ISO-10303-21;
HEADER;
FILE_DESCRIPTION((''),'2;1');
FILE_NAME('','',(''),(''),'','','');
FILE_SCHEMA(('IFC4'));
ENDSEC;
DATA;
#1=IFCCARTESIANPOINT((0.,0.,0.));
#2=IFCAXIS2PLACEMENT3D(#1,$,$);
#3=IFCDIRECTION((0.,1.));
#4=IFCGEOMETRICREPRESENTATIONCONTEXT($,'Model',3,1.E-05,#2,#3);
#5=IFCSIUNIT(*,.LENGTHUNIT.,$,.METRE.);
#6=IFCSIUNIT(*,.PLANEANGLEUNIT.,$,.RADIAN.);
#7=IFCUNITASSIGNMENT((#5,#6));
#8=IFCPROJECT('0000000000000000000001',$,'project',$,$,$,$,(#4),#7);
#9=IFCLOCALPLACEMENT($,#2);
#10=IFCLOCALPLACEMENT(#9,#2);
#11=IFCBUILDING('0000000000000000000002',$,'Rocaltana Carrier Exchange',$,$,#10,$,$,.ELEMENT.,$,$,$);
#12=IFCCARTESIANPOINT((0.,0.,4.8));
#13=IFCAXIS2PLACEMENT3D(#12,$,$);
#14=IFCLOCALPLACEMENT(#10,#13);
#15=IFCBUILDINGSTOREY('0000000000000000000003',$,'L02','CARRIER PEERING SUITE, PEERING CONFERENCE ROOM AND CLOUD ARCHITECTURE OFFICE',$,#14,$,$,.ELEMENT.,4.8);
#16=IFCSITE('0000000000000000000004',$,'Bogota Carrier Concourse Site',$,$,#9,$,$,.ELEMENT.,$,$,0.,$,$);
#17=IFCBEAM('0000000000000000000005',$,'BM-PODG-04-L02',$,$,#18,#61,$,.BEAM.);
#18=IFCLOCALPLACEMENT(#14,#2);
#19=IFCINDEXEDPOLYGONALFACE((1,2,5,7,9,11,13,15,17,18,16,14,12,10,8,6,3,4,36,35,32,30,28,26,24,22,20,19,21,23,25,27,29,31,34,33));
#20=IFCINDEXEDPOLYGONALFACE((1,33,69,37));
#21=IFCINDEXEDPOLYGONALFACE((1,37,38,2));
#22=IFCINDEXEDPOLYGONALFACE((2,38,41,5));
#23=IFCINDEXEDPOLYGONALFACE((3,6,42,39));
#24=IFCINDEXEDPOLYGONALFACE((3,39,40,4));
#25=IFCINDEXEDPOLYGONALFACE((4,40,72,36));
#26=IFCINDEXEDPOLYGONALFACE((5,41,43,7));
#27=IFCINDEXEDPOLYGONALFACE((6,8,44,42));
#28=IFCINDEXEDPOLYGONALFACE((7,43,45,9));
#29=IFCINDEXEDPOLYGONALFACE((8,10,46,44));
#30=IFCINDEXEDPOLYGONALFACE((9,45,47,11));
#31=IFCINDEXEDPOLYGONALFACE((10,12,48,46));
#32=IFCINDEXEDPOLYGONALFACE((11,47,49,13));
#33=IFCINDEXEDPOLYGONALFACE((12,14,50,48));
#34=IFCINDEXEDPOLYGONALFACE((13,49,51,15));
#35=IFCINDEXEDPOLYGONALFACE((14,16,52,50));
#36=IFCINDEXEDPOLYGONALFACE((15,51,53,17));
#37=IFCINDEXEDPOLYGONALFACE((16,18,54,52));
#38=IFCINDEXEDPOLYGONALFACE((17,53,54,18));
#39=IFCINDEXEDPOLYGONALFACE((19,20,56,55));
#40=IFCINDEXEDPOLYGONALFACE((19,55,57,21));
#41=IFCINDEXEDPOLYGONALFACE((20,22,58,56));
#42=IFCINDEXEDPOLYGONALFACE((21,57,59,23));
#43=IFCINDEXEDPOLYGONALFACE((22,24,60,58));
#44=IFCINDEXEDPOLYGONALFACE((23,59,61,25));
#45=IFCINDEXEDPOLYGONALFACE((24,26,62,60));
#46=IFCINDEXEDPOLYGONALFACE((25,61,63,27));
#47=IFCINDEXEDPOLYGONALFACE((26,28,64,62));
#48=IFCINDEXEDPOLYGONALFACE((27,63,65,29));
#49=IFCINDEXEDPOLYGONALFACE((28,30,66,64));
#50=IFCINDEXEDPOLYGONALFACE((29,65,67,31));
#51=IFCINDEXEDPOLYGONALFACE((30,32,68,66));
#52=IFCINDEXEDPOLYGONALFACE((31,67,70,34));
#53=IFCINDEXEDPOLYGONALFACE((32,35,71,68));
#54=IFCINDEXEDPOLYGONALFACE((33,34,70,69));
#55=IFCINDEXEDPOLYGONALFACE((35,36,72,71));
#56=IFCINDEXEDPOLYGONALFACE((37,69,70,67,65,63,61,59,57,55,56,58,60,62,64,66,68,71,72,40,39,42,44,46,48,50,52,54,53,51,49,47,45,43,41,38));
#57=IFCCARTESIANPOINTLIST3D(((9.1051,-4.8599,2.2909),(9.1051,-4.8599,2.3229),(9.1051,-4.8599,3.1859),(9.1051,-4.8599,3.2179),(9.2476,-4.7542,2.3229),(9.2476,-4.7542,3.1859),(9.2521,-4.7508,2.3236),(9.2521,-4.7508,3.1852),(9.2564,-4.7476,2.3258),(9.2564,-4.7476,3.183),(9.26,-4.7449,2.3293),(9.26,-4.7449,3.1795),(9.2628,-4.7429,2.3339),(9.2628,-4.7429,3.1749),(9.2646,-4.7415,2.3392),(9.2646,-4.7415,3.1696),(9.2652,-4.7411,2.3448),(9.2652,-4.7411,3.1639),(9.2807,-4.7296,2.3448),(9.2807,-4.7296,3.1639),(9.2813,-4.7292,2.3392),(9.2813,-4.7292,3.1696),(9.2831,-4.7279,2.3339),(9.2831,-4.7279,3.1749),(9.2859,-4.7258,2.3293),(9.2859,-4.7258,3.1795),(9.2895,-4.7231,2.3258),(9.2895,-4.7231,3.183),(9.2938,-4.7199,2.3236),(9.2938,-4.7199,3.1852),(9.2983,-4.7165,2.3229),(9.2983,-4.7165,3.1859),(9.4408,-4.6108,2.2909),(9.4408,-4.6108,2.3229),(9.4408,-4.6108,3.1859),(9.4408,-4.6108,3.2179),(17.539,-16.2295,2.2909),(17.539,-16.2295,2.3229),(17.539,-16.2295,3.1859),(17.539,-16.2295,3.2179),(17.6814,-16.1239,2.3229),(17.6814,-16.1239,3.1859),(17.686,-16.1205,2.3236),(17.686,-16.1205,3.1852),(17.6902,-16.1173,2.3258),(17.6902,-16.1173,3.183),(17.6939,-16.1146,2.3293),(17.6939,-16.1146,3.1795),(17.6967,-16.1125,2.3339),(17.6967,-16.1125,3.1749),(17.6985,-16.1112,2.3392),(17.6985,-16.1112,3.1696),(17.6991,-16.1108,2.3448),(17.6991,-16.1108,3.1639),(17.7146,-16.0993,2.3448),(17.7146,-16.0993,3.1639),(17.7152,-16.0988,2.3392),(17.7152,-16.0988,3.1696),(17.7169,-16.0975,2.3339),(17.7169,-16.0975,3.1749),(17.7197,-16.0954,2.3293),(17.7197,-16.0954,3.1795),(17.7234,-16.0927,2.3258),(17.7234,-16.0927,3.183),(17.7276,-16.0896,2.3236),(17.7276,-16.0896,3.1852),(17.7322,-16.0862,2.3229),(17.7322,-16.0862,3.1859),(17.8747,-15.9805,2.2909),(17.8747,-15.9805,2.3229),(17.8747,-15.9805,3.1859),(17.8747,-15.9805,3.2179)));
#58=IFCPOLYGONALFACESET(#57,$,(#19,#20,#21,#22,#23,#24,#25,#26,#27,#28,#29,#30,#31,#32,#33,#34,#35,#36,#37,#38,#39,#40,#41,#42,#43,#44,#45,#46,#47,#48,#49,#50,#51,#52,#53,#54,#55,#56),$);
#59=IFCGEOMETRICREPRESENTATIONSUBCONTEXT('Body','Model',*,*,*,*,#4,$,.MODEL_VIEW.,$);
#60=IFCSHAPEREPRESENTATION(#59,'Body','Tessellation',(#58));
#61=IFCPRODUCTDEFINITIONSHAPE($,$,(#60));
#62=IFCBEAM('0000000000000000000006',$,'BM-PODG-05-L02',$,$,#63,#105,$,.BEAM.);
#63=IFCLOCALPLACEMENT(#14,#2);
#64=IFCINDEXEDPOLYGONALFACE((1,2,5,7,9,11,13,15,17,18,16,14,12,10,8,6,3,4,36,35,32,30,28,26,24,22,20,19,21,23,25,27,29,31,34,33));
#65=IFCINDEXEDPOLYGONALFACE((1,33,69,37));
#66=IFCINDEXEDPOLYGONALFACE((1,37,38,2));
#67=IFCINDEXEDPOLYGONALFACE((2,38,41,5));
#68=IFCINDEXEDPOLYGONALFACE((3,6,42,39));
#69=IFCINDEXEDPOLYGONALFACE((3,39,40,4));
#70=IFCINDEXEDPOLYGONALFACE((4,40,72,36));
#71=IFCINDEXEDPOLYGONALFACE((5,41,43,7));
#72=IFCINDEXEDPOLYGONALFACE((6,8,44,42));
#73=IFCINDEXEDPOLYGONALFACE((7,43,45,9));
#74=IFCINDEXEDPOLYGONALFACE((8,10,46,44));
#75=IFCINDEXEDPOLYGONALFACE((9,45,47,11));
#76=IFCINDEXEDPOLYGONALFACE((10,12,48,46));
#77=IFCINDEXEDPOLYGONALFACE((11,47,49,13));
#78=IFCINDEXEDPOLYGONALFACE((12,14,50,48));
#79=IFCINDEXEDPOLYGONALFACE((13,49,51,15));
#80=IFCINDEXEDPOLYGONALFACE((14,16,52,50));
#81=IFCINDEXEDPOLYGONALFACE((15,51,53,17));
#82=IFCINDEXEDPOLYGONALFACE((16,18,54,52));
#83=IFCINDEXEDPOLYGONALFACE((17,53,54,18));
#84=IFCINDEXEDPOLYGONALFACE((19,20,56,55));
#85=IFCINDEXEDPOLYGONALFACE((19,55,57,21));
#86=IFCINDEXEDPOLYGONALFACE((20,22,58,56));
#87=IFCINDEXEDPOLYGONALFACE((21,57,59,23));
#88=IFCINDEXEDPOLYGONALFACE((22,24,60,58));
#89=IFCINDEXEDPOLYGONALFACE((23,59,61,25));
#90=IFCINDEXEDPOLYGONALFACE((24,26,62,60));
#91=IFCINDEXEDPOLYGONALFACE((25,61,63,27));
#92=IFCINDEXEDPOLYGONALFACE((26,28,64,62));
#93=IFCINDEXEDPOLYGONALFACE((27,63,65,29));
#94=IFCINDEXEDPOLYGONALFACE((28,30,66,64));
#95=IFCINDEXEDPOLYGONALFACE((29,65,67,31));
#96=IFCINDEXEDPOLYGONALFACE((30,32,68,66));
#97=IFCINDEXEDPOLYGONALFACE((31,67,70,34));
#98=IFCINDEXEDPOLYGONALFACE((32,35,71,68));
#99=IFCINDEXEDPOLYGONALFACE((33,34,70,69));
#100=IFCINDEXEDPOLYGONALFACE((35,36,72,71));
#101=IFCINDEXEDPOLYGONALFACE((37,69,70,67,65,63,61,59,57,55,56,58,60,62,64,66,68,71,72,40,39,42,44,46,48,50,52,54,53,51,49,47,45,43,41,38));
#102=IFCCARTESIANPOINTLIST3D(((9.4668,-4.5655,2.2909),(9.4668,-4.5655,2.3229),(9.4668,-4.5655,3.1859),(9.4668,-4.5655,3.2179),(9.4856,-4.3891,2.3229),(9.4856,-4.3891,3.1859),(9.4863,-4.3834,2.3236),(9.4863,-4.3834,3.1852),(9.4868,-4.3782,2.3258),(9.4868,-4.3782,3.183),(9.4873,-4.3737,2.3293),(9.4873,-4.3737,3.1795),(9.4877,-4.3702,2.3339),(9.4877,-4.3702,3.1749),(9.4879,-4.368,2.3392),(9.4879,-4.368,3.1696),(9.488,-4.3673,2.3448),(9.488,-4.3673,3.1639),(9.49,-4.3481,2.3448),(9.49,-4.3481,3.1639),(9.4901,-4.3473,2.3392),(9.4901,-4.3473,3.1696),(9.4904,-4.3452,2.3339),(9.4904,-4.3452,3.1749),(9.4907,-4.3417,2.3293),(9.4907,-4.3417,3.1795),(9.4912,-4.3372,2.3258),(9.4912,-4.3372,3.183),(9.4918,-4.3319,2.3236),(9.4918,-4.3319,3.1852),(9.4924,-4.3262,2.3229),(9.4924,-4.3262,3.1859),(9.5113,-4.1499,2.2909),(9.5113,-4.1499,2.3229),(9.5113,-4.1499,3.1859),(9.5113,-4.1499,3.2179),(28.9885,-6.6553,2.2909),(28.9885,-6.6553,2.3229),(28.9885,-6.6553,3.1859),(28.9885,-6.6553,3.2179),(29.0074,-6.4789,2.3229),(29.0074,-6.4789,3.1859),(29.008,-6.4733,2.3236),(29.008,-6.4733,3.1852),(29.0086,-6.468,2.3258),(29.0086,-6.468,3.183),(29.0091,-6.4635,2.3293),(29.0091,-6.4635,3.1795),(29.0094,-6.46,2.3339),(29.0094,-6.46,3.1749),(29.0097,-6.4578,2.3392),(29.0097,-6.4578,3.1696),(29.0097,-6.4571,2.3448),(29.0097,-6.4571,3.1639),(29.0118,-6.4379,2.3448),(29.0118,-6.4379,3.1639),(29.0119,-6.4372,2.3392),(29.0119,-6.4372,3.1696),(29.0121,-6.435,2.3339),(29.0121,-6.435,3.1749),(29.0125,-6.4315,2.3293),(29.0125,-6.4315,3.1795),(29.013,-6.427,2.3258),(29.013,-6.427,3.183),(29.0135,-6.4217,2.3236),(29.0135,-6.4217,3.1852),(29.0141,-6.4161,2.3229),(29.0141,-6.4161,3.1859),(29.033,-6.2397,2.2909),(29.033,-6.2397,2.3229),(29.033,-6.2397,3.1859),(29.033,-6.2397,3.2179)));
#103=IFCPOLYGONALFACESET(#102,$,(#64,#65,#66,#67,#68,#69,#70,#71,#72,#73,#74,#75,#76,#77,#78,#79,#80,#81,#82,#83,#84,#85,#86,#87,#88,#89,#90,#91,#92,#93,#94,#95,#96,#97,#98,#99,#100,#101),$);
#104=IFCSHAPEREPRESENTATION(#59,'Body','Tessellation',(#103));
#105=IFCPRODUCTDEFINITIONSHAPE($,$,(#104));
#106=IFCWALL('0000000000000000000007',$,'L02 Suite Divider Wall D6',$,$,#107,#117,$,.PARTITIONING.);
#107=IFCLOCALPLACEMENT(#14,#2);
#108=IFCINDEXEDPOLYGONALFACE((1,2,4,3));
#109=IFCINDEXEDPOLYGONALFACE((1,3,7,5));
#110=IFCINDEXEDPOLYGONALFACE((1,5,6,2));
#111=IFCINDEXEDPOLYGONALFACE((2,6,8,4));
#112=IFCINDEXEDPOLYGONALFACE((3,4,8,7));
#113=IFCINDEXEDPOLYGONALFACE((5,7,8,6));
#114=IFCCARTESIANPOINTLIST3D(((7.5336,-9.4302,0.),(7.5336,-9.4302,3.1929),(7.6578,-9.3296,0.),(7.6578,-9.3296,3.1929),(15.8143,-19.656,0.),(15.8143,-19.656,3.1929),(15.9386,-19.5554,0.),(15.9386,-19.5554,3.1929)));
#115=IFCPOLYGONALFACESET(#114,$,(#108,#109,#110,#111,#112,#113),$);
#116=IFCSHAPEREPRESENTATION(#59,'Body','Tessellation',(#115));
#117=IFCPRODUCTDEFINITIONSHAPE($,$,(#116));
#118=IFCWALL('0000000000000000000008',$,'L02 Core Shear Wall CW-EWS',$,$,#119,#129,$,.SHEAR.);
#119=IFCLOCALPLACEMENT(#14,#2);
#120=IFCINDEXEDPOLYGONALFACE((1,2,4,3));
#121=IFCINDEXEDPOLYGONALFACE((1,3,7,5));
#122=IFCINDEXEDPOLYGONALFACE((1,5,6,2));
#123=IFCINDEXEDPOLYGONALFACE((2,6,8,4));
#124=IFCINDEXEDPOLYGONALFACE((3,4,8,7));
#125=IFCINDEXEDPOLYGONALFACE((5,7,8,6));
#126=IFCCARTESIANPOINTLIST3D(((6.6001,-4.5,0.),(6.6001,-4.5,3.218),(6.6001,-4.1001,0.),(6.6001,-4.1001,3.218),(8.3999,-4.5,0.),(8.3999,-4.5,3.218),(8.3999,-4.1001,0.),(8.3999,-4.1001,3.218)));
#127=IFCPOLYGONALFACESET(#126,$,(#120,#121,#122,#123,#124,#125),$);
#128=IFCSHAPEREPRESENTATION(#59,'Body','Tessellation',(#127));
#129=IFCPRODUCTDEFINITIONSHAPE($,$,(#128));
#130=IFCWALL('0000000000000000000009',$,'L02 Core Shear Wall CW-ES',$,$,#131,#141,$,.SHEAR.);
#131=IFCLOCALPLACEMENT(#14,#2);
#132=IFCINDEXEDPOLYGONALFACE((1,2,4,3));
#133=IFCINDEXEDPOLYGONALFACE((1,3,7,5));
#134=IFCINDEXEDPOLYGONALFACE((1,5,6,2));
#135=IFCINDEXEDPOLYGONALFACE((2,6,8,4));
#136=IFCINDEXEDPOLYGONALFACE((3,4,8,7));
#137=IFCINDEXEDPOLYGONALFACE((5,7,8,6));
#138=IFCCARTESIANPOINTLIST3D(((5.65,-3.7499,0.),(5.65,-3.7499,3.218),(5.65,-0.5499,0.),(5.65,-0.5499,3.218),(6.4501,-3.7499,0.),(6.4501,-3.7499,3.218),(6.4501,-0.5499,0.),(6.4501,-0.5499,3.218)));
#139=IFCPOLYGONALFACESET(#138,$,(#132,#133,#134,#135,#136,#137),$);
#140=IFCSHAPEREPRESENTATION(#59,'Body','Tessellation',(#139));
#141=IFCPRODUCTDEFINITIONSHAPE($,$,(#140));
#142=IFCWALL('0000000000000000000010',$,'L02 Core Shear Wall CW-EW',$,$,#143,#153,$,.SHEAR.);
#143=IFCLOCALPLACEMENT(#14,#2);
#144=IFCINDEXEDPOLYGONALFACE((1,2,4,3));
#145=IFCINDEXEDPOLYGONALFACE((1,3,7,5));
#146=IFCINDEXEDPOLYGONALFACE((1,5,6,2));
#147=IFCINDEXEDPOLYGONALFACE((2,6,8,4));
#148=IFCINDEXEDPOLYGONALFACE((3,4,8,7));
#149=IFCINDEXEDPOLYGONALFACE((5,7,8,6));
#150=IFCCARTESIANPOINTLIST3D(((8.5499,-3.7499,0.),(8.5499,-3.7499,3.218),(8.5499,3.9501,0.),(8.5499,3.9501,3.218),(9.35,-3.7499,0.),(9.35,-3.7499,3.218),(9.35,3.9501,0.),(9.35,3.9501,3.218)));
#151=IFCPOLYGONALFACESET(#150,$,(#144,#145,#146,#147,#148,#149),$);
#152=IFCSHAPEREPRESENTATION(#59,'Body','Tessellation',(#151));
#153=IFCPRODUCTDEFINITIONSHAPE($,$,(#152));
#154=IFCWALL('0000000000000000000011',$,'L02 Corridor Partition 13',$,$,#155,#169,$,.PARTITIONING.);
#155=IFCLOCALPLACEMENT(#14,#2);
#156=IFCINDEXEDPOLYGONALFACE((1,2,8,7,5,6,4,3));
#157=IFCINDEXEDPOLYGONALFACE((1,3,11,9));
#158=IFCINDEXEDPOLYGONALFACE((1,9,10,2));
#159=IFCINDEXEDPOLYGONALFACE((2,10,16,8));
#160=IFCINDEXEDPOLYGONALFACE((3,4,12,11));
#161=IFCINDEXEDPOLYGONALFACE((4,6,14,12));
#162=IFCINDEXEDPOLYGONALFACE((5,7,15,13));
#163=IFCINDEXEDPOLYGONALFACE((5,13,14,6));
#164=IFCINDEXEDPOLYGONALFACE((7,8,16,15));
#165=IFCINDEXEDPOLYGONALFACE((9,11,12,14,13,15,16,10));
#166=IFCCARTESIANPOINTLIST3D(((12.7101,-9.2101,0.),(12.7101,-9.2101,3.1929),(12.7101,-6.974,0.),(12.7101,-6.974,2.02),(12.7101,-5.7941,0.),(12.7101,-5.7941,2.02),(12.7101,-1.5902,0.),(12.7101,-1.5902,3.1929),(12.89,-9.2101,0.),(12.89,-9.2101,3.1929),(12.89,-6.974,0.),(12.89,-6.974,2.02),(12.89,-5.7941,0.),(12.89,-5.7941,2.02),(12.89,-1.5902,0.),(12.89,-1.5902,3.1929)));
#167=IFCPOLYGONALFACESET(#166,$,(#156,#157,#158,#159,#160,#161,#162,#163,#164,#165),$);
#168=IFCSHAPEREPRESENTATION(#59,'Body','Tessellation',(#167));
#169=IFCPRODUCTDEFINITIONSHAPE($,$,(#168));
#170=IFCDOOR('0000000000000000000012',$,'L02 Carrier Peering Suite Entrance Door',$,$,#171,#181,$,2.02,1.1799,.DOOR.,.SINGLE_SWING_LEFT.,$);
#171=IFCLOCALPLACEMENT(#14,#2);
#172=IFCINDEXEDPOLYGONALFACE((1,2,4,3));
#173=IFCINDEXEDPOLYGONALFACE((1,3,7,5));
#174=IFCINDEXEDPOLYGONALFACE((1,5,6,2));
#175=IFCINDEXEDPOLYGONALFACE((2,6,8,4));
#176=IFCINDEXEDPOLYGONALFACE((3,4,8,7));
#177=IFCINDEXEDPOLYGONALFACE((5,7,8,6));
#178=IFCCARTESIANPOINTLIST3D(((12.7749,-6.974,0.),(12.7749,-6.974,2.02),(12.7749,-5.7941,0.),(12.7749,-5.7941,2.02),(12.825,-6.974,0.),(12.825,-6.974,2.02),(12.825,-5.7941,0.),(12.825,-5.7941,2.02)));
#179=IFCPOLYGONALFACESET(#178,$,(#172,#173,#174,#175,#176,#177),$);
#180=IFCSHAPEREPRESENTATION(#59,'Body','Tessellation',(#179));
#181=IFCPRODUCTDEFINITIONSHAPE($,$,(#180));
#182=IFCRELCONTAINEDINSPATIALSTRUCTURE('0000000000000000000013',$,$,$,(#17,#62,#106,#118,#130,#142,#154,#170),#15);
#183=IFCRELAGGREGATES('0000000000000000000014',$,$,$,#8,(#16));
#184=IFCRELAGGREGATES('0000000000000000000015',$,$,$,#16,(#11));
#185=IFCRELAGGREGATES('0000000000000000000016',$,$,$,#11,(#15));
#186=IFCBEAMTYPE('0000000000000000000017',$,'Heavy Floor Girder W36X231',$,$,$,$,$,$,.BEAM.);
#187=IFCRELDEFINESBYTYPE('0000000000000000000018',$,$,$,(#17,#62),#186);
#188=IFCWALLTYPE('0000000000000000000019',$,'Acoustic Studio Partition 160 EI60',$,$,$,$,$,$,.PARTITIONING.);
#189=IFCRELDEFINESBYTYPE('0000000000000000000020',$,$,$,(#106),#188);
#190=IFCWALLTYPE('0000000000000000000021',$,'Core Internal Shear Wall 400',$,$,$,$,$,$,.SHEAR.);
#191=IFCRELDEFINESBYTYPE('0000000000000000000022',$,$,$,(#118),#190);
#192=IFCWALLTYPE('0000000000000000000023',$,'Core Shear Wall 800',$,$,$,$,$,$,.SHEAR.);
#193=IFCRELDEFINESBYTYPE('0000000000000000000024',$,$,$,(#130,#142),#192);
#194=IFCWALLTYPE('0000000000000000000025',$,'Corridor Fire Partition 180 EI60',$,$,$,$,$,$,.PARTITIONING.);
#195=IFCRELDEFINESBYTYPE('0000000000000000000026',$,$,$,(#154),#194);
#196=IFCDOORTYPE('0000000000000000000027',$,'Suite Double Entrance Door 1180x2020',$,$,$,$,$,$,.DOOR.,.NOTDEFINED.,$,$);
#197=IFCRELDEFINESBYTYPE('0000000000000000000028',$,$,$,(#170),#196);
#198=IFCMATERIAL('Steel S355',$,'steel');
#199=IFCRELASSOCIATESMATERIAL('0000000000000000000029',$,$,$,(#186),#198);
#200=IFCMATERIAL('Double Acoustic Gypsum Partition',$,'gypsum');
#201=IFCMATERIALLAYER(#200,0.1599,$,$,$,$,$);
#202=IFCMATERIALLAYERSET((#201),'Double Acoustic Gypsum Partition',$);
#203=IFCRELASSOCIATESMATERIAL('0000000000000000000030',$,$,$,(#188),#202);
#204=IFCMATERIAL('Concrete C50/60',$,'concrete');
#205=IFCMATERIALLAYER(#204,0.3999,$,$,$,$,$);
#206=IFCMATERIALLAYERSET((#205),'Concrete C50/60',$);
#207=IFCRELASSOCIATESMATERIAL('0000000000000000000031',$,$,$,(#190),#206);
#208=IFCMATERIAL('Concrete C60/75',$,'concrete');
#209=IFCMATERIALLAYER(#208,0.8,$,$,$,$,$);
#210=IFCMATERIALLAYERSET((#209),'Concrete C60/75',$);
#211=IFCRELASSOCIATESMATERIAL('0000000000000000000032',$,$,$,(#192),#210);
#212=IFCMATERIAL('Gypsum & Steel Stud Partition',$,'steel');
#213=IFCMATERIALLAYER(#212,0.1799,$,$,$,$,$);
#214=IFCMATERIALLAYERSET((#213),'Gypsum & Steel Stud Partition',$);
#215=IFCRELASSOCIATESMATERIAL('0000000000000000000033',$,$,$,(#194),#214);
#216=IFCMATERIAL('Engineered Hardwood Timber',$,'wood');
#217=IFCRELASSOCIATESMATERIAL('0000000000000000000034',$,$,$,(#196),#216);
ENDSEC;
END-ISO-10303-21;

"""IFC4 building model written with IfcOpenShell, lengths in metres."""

from ifc_helpers import new_model, si_unit, direction, frame, frame_2d, origin, origin_2d, place, context, subcontext, project, spatial, rectangle, i_section, extrude, material, layer, layer_set, material_profile, profile_set, type_object, element, fill, save


model = new_model("IFC4")

# Units and contexts
model_context = context("Model", 3, precision=1e-05, world=origin(), true_north=direction((0.0, 1.0)))
body_context = subcontext(model_context, "Body", "Model", "MODEL_VIEW")
ifc_project = project(units=[si_unit("LENGTHUNIT", "METRE"), si_unit("PLANEANGLEUNIT", "RADIAN")], contexts=[model_context])

# Site, building, storey
site_placement = place(None, origin())
site = spatial("IfcSite", under=ifc_project, at=site_placement, Name="Bogota Carrier Concourse Site", CompositionType="ELEMENT", RefElevation=0.0)
building_placement = place(site_placement, origin())
building = spatial("IfcBuilding", under=site, at=building_placement, Name="Rocaltana Carrier Exchange", CompositionType="ELEMENT")
storey_placement = place(building_placement, frame((0.0, 0.0, 4.8)))
storey = spatial("IfcBuildingStorey", under=building, at=storey_placement, Name="L02", Description="CARRIER PEERING SUITE, PEERING CONFERENCE ROOM AND CLOUD ARCHITECTURE OFFICE", CompositionType="ELEMENT", Elevation=4.8)

# Beams
ifc_material_1 = material(Name="Steel S355", Category="steel")
ifc_material_profile_1 = material_profile(ifc_material_1, i_section(OverallWidth=0.418, OverallDepth=0.927, WebThickness=0.0193, FlangeThickness=0.032, FilletRadius=0.022, at=origin_2d()), Name="W36X231")
ifc_profile_set_1 = profile_set([ifc_material_profile_1], Name="Steel S355")
beam_type_1 = type_object("IfcBeamType", Name="Heavy Floor Girder W36X231", PredefinedType="BEAM", material=ifc_profile_set_1)
beam_1_placement = place(storey_placement, frame((9.2729, -4.7354, 2.7544), z_axis=(0.59577, -0.803155, 0.0), x_axis=(0.803155, 0.59577, 0.0)))
element("IfcBeam", 1, at=beam_1_placement, inside=storey, type_object=beam_type_1, Name="BM-PODG-04-L02", PredefinedType="BEAM", context=body_context, shape_type="SweptSolid", body=[
    extrude(i_section(OverallWidth=0.418, OverallDepth=0.927, WebThickness=0.0193, FlangeThickness=0.032, FilletRadius=0.022, at=origin_2d()), origin(), (0.0, 0.0, 1.0), 14.1562),
])
beam_2_placement = place(storey_placement, frame((9.489, -4.3577, 2.7544), z_axis=(0.994319, -0.106444, 0.0), x_axis=(0.106444, 0.994319, 0.0)))
element("IfcBeam", 2, at=beam_2_placement, inside=storey, type_object=beam_type_1, Name="BM-PODG-05-L02", PredefinedType="BEAM", context=body_context, shape_type="SweptSolid", body=[
    extrude(i_section(OverallWidth=0.418, OverallDepth=0.927, WebThickness=0.0193, FlangeThickness=0.032, FilletRadius=0.022, at=origin_2d()), origin(), (0.0, 0.0, 1.0), 19.6333),
])

# Walls
ifc_material_2 = material(Name="Double Acoustic Gypsum Partition", Category="gypsum")
ifc_layer_1 = layer(ifc_material_2, 0.1599)
ifc_layer_set_1 = layer_set([ifc_layer_1], Name="Double Acoustic Gypsum Partition")
wall_type_1 = type_object("IfcWallType", Name="Acoustic Studio Partition 160 EI60", PredefinedType="PARTITIONING", material=ifc_layer_set_1)
wall_1_placement = place(storey_placement, frame((7.5957, -9.3799, 0.0), z_axis=(0.0, 0.0, 1.0), x_axis=(0.629323, -0.777144, 0.0)))
element("IfcWall", 3, at=wall_1_placement, inside=storey, type_object=wall_type_1, Name="L02 Suite Divider Wall D6", PredefinedType="PARTITIONING", context=body_context, shape_type="SweptSolid", body=[
    extrude(rectangle(XDim=13.1582, YDim=0.1599, at=frame_2d((6.5791, 0.0))), origin(), (0.0, 0.0, 1.0), 3.1929),
])
ifc_material_3 = material(Name="Concrete C50/60", Category="concrete")
ifc_layer_2 = layer(ifc_material_3, 0.3999)
ifc_layer_set_2 = layer_set([ifc_layer_2], Name="Concrete C50/60")
wall_type_2 = type_object("IfcWallType", Name="Core Internal Shear Wall 400", PredefinedType="SHEAR", material=ifc_layer_set_2)
wall_2_placement = place(storey_placement, frame((6.6001, -4.3, 0.0), z_axis=(0.0, 0.0, 1.0), x_axis=(1.0, 0.0, 0.0)))
element("IfcWall", 4, at=wall_2_placement, inside=storey, type_object=wall_type_2, Name="L02 Core Shear Wall CW-EWS", PredefinedType="SHEAR", context=body_context, shape_type="SweptSolid", body=[
    extrude(rectangle(XDim=1.7998, YDim=0.3999, at=frame_2d((0.8999, 0.0))), origin(), (0.0, 0.0, 1.0), 3.218),
])
ifc_material_4 = material(Name="Concrete C60/75", Category="concrete")
ifc_layer_3 = layer(ifc_material_4, 0.8)
ifc_layer_set_3 = layer_set([ifc_layer_3], Name="Concrete C60/75")
wall_type_3 = type_object("IfcWallType", Name="Core Shear Wall 800", PredefinedType="SHEAR", material=ifc_layer_set_3)
wall_3_placement = place(storey_placement, frame((6.05, -3.75, 0.0), z_axis=(0.0, 0.0, 1.0), x_axis=(0.0, 1.0, 0.0)))
element("IfcWall", 5, at=wall_3_placement, inside=storey, type_object=wall_type_3, Name="L02 Core Shear Wall CW-ES", PredefinedType="SHEAR", context=body_context, shape_type="SweptSolid", body=[
    extrude(rectangle(XDim=3.2, YDim=0.8, at=frame_2d((1.6001, 0.0))), origin(), (0.0, 0.0, 1.0), 3.218),
])
wall_4_placement = place(storey_placement, frame((8.95, -3.75, 0.0), z_axis=(0.0, 0.0, 1.0), x_axis=(0.0, 1.0, 0.0)))
element("IfcWall", 6, at=wall_4_placement, inside=storey, type_object=wall_type_3, Name="L02 Core Shear Wall CW-EW", PredefinedType="SHEAR", context=body_context, shape_type="SweptSolid", body=[
    extrude(rectangle(XDim=7.7, YDim=0.8, at=frame_2d((3.8501, 0.0))), origin(), (0.0, 0.0, 1.0), 3.218),
])

# Wall, opening, door
ifc_material_5 = material(Name="Gypsum & Steel Stud Partition", Category="steel")
ifc_layer_4 = layer(ifc_material_5, 0.1799)
ifc_layer_set_4 = layer_set([ifc_layer_4], Name="Gypsum & Steel Stud Partition")
wall_type_4 = type_object("IfcWallType", Name="Corridor Fire Partition 180 EI60", PredefinedType="PARTITIONING", material=ifc_layer_set_4)
wall_5_placement = place(storey_placement, frame((12.8, -1.5901, 0.0), z_axis=(0.0, 0.0, 1.0), x_axis=(0.0, -1.0, 0.0)))
wall_5 = element("IfcWall", 7, at=wall_5_placement, inside=storey, type_object=wall_type_4, Name="L02 Corridor Partition 13", PredefinedType="PARTITIONING", context=body_context, shape_type="SweptSolid", body=[
    extrude(rectangle(XDim=7.6199, YDim=0.1799, at=frame_2d((3.8101, 0.0))), origin(), (0.0, 0.0, 1.0), 3.1929),
])
opening_placement = place(wall_5_placement, frame((4.2041, 0.0, 0.0)))
opening = element("IfcOpeningElement", 8, at=opening_placement, cuts=wall_5, PredefinedType="OPENING", context=body_context, shape_type="SweptSolid", body=[
    extrude(rectangle(XDim=1.1799, YDim=2.02, at=frame_2d((0.5898, 1.01))), frame((0.0, 0.0999, 0.0), z_axis=(0.0, -1.0, 0.0), x_axis=(1.0, 0.0, 0.0)), (0.0, 0.0, 1.0), 0.2),
])
ifc_material_6 = material(Name="Engineered Hardwood Timber", Category="wood")
door_type = type_object("IfcDoorType", Name="Suite Double Entrance Door 1180x2020", OperationType="NOTDEFINED", PredefinedType="DOOR", material=ifc_material_6)
door_placement = place(opening_placement, origin())
door = element("IfcDoor", 9, at=door_placement, inside=storey, type_object=door_type, Name="L02 Carrier Peering Suite Entrance Door", OperationType="SINGLE_SWING_LEFT", OverallHeight=2.02, OverallWidth=1.1799, PredefinedType="DOOR", context=body_context, shape_type="SweptSolid", body=[
    extrude(rectangle(XDim=1.1799, YDim=2.02, at=frame_2d((0.5898, 1.01))), frame((0.0, 0.0249, 0.0), z_axis=(0.0, -1.0, 0.0), x_axis=(1.0, 0.0, 0.0)), (0.0, 0.0, 1.0), 0.05),
])
fill(opening, door)

save(model, "model.ifc")
